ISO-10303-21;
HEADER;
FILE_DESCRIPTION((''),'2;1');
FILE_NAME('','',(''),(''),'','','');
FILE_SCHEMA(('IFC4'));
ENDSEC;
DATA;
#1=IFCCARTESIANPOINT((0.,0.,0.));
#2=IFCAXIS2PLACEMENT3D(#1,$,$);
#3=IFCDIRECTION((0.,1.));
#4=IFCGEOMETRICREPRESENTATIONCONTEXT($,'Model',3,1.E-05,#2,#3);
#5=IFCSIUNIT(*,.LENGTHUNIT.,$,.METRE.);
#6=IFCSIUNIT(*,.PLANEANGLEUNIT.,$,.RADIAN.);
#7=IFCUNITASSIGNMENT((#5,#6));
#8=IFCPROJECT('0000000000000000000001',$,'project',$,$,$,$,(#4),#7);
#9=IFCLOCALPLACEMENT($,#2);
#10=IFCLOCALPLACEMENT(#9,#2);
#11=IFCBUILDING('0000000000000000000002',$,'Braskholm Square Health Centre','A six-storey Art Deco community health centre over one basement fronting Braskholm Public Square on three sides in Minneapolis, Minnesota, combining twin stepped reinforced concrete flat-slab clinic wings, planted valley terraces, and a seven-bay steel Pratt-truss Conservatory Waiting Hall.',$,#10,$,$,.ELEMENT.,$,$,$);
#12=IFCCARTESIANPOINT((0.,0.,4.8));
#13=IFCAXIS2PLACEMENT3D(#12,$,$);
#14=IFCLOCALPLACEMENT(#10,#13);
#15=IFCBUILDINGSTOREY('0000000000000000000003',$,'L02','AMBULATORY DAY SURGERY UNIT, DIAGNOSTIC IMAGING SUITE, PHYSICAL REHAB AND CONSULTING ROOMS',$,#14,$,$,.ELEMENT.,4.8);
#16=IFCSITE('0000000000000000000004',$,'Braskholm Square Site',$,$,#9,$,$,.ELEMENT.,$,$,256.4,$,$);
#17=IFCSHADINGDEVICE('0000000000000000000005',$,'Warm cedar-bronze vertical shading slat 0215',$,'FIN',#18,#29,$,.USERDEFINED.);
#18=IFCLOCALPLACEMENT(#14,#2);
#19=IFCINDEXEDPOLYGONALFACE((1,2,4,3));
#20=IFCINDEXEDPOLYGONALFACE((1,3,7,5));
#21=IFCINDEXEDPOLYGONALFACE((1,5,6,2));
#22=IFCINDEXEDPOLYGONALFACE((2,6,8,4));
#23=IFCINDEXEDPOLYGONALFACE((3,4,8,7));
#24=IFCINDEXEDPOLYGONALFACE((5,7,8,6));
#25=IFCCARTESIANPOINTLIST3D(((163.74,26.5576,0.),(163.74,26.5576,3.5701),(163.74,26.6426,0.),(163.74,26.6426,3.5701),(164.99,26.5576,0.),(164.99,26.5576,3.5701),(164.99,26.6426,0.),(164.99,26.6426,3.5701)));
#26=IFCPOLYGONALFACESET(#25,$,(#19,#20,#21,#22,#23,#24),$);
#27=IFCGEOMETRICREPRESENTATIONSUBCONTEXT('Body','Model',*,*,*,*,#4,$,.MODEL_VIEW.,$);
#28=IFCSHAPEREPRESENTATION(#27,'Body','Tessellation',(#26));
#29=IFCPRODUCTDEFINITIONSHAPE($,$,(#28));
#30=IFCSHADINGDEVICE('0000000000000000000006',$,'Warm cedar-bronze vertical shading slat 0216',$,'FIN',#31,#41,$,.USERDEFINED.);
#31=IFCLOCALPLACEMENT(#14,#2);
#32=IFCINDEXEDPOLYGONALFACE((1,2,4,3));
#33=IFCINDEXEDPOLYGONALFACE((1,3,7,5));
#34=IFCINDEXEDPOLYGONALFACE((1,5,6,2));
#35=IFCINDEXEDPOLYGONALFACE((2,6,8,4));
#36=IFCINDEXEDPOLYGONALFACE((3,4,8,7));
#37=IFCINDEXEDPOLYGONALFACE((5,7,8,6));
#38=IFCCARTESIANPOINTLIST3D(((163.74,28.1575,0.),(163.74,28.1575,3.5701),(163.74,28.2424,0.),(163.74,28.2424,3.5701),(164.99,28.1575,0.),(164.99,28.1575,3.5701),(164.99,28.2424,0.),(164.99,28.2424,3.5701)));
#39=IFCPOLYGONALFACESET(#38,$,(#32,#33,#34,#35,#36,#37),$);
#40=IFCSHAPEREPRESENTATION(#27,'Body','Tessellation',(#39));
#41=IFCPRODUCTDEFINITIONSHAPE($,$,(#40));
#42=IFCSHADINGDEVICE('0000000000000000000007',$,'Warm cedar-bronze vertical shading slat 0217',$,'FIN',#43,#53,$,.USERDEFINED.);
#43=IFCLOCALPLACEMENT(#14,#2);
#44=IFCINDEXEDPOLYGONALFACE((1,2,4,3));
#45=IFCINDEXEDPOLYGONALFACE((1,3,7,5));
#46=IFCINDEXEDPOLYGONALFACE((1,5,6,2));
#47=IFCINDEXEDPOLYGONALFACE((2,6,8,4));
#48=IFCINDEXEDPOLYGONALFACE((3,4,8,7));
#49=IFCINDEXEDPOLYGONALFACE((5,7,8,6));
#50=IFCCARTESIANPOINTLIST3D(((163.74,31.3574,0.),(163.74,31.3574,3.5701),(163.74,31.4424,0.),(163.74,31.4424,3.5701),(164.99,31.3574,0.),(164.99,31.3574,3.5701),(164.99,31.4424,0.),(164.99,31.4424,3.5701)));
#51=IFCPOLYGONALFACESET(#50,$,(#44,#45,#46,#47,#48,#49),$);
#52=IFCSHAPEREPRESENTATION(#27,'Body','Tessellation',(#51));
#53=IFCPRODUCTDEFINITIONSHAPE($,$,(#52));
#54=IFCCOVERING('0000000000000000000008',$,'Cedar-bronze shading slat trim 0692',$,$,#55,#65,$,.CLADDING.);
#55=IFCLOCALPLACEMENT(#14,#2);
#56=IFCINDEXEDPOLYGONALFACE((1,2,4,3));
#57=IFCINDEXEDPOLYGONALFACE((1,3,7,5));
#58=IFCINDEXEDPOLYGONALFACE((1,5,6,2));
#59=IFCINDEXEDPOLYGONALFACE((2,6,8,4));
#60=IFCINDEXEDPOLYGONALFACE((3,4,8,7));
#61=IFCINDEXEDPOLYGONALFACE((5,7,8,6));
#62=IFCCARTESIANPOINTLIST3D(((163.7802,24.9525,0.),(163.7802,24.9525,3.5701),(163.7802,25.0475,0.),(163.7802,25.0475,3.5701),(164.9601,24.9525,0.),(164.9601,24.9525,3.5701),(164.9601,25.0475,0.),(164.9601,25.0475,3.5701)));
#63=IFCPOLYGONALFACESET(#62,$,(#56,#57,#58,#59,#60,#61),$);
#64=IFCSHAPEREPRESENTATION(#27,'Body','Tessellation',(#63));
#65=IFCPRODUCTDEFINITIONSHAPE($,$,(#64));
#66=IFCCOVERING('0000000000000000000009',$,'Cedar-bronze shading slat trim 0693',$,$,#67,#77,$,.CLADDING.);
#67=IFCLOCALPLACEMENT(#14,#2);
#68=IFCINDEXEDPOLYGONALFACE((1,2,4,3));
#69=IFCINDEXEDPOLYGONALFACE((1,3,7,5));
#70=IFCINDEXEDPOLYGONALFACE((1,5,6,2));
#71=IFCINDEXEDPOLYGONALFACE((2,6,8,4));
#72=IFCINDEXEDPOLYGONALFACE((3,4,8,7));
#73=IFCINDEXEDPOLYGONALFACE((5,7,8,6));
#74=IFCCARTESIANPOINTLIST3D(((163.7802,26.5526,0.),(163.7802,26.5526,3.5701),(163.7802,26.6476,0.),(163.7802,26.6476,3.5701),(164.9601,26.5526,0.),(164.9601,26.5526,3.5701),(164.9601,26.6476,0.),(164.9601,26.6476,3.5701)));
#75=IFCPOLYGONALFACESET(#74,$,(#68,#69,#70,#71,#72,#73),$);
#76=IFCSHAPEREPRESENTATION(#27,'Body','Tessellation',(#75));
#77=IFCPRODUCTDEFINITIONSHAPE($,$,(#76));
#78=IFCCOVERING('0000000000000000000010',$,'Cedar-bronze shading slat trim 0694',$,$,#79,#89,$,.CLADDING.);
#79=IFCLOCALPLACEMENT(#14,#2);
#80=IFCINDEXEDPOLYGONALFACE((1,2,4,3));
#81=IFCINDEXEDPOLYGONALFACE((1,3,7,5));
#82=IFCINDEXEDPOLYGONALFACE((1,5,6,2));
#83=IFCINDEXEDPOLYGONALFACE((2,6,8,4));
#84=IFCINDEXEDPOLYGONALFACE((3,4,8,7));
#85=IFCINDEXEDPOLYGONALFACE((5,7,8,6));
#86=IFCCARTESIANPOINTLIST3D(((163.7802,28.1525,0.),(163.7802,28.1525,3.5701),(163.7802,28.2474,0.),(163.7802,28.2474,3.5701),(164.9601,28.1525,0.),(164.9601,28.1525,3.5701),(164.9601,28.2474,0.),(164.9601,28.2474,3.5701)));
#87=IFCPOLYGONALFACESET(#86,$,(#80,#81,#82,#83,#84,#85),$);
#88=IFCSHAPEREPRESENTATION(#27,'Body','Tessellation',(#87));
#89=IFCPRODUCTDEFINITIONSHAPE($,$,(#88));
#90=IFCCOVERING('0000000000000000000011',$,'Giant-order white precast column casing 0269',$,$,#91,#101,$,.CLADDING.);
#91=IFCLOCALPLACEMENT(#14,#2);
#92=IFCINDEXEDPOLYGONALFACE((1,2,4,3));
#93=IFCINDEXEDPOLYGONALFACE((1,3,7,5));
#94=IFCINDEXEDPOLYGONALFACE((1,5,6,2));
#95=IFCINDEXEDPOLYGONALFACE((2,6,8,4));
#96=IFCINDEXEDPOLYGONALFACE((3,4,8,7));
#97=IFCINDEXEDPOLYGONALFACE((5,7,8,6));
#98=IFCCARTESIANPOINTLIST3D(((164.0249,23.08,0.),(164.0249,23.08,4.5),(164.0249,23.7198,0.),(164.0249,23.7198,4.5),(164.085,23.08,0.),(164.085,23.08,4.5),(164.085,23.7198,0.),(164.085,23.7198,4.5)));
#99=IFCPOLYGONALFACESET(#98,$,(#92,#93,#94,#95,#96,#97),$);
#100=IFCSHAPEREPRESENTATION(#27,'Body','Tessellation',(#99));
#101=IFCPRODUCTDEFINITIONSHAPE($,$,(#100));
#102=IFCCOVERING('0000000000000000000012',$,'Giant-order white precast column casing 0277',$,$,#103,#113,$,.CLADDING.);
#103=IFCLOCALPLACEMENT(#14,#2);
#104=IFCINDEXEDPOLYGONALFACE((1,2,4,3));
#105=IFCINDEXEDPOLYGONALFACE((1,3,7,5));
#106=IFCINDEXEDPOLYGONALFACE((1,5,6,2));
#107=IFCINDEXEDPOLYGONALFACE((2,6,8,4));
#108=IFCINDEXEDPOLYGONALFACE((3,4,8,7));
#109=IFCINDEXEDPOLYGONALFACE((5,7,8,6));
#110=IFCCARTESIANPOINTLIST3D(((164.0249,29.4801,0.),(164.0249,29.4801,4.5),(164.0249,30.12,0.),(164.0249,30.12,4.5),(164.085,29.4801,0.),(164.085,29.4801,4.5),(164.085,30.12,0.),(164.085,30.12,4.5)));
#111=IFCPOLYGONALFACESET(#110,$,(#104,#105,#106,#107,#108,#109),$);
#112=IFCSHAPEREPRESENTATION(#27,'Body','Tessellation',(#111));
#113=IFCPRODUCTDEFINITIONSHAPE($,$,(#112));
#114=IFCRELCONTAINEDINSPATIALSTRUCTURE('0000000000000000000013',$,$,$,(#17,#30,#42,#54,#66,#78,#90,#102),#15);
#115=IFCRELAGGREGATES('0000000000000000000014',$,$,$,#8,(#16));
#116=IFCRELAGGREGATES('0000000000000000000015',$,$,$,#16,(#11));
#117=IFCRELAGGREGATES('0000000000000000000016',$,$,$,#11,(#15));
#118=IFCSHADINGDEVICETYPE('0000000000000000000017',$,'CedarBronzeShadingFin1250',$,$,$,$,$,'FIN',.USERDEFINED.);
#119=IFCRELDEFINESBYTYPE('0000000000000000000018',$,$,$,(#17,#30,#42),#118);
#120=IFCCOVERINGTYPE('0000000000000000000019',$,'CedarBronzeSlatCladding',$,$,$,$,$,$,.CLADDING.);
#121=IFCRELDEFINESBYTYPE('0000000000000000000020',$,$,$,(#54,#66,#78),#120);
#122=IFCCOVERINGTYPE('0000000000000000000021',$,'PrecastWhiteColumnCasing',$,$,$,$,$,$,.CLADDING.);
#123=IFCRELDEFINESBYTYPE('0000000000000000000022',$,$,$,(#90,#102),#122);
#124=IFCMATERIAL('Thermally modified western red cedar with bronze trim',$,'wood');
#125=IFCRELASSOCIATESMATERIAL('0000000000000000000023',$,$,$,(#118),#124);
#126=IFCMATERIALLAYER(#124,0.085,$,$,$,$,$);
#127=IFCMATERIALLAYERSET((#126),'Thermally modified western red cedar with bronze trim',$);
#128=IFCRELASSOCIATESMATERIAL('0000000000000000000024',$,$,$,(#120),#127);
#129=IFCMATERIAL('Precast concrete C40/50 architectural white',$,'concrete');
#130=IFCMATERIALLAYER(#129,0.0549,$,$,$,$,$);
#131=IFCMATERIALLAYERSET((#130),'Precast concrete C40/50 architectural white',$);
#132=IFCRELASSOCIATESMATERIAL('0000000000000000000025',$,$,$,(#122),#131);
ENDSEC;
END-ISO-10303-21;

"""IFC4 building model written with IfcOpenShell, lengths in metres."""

from ifc_helpers import new_model, si_unit, direction, frame, origin, origin_2d, place, context, subcontext, project, spatial, rectangle, extrude, material, layer, layer_set, type_object, element, save


model = new_model("IFC4")

# Units and contexts
model_context = context("Model", 3, precision=1e-05, world=origin(), true_north=direction((0.0, 1.0)))
body_context = subcontext(model_context, "Body", "Model", "MODEL_VIEW")
ifc_project = project(units=[si_unit("LENGTHUNIT", "METRE"), si_unit("PLANEANGLEUNIT", "RADIAN")], contexts=[model_context])

# Site, building, storey
site_placement = place(None, origin())
site = spatial("IfcSite", under=ifc_project, at=site_placement, Name="Braskholm Square Site", CompositionType="ELEMENT", RefElevation=256.4)
building_placement = place(site_placement, origin())
building = spatial("IfcBuilding", under=site, at=building_placement, Name="Braskholm Square Health Centre", Description="A six-storey Art Deco community health centre over one basement fronting Braskholm Public Square on three sides in Minneapolis, Minnesota, combining twin stepped reinforced concrete flat-slab clinic wings, planted valley terraces, and a seven-bay steel Pratt-truss Conservatory Waiting Hall.", CompositionType="ELEMENT")
storey_placement = place(building_placement, frame((0.0, 0.0, 4.8)))
storey = spatial("IfcBuildingStorey", under=building, at=storey_placement, Name="L02", Description="AMBULATORY DAY SURGERY UNIT, DIAGNOSTIC IMAGING SUITE, PHYSICAL REHAB AND CONSULTING ROOMS", CompositionType="ELEMENT", Elevation=4.8)

# Shared definitions
ifc_material_1 = material(Name="Precast concrete C40/50 architectural white", Category="concrete")

# Shading devices
ifc_material_2 = material(Name="Thermally modified western red cedar with bronze trim", Category="wood")
shading_device_type = type_object("IfcShadingDeviceType", Name="CedarBronzeShadingFin1250", ElementType="FIN", PredefinedType="USERDEFINED", material=ifc_material_2)
for number, where, z_axis, x_axis, name in (
    (1, (164.365, 26.6001, 0.0), (0.0, 0.0, 1.0), (1.0, 0.0, 0.0), "Warm cedar-bronze vertical shading slat 0215"),
    (2, (164.365, 28.2, 0.0), (0.0, 0.0, 1.0), (1.0, 0.0, 0.0), "Warm cedar-bronze vertical shading slat 0216"),
    (3, (164.365, 31.3999, 0.0), (0.0, 0.0, 1.0), (1.0, 0.0, 0.0), "Warm cedar-bronze vertical shading slat 0217"),
):
    element("IfcShadingDevice", number, at=place(storey_placement, frame(where, z_axis=z_axis, x_axis=x_axis)), inside=storey, type_object=shading_device_type, Name=name, ObjectType="FIN", PredefinedType="USERDEFINED", context=body_context, shape_type="SweptSolid", body=[
        extrude(rectangle(XDim=1.25, YDim=0.085, at=origin_2d()), origin(), (0.0, 0.0, 1.0), 3.5701),
    ])

# Coverings
ifc_layer_1 = layer(ifc_material_2, 0.085)
ifc_layer_set_1 = layer_set([ifc_layer_1], Name="Thermally modified western red cedar with bronze trim")
covering_type_1 = type_object("IfcCoveringType", Name="CedarBronzeSlatCladding", PredefinedType="CLADDING", material=ifc_layer_set_1)
for number, where, z_axis, x_axis, name in (
    (4, (164.3701, 25.0, 0.0), (0.0, 0.0, 1.0), (1.0, 0.0, 0.0), "Cedar-bronze shading slat trim 0692"),
    (5, (164.3701, 26.6001, 0.0), (0.0, 0.0, 1.0), (1.0, 0.0, 0.0), "Cedar-bronze shading slat trim 0693"),
    (6, (164.3701, 28.2, 0.0), (0.0, 0.0, 1.0), (1.0, 0.0, 0.0), "Cedar-bronze shading slat trim 0694"),
):
    element("IfcCovering", number, at=place(storey_placement, frame(where, z_axis=z_axis, x_axis=x_axis)), inside=storey, type_object=covering_type_1, Name=name, PredefinedType="CLADDING", context=body_context, shape_type="SweptSolid", body=[
        extrude(rectangle(XDim=1.1799, YDim=0.095, at=origin_2d()), origin(), (0.0, 0.0, 1.0), 3.5701),
    ])
ifc_layer_2 = layer(ifc_material_1, 0.0549)
ifc_layer_set_2 = layer_set([ifc_layer_2], Name="Precast concrete C40/50 architectural white")
covering_type_2 = type_object("IfcCoveringType", Name="PrecastWhiteColumnCasing", PredefinedType="CLADDING", material=ifc_layer_set_2)
for number, where, z_axis, x_axis, name in (
    (7, (164.0549, 23.3999, 0.0), (0.0, 0.0, 1.0), (1.0, 0.0, 0.0), "Giant-order white precast column casing 0269"),
    (8, (164.0549, 29.8, 0.0), (0.0, 0.0, 1.0), (1.0, 0.0, 0.0), "Giant-order white precast column casing 0277"),
):
    element("IfcCovering", number, at=place(storey_placement, frame(where, z_axis=z_axis, x_axis=x_axis)), inside=storey, type_object=covering_type_2, Name=name, PredefinedType="CLADDING", context=body_context, shape_type="SweptSolid", body=[
        extrude(rectangle(XDim=0.0601, YDim=0.6399, at=origin_2d()), origin(), (0.0, 0.0, 1.0), 4.5),
    ])

save(model, "model.ifc")
